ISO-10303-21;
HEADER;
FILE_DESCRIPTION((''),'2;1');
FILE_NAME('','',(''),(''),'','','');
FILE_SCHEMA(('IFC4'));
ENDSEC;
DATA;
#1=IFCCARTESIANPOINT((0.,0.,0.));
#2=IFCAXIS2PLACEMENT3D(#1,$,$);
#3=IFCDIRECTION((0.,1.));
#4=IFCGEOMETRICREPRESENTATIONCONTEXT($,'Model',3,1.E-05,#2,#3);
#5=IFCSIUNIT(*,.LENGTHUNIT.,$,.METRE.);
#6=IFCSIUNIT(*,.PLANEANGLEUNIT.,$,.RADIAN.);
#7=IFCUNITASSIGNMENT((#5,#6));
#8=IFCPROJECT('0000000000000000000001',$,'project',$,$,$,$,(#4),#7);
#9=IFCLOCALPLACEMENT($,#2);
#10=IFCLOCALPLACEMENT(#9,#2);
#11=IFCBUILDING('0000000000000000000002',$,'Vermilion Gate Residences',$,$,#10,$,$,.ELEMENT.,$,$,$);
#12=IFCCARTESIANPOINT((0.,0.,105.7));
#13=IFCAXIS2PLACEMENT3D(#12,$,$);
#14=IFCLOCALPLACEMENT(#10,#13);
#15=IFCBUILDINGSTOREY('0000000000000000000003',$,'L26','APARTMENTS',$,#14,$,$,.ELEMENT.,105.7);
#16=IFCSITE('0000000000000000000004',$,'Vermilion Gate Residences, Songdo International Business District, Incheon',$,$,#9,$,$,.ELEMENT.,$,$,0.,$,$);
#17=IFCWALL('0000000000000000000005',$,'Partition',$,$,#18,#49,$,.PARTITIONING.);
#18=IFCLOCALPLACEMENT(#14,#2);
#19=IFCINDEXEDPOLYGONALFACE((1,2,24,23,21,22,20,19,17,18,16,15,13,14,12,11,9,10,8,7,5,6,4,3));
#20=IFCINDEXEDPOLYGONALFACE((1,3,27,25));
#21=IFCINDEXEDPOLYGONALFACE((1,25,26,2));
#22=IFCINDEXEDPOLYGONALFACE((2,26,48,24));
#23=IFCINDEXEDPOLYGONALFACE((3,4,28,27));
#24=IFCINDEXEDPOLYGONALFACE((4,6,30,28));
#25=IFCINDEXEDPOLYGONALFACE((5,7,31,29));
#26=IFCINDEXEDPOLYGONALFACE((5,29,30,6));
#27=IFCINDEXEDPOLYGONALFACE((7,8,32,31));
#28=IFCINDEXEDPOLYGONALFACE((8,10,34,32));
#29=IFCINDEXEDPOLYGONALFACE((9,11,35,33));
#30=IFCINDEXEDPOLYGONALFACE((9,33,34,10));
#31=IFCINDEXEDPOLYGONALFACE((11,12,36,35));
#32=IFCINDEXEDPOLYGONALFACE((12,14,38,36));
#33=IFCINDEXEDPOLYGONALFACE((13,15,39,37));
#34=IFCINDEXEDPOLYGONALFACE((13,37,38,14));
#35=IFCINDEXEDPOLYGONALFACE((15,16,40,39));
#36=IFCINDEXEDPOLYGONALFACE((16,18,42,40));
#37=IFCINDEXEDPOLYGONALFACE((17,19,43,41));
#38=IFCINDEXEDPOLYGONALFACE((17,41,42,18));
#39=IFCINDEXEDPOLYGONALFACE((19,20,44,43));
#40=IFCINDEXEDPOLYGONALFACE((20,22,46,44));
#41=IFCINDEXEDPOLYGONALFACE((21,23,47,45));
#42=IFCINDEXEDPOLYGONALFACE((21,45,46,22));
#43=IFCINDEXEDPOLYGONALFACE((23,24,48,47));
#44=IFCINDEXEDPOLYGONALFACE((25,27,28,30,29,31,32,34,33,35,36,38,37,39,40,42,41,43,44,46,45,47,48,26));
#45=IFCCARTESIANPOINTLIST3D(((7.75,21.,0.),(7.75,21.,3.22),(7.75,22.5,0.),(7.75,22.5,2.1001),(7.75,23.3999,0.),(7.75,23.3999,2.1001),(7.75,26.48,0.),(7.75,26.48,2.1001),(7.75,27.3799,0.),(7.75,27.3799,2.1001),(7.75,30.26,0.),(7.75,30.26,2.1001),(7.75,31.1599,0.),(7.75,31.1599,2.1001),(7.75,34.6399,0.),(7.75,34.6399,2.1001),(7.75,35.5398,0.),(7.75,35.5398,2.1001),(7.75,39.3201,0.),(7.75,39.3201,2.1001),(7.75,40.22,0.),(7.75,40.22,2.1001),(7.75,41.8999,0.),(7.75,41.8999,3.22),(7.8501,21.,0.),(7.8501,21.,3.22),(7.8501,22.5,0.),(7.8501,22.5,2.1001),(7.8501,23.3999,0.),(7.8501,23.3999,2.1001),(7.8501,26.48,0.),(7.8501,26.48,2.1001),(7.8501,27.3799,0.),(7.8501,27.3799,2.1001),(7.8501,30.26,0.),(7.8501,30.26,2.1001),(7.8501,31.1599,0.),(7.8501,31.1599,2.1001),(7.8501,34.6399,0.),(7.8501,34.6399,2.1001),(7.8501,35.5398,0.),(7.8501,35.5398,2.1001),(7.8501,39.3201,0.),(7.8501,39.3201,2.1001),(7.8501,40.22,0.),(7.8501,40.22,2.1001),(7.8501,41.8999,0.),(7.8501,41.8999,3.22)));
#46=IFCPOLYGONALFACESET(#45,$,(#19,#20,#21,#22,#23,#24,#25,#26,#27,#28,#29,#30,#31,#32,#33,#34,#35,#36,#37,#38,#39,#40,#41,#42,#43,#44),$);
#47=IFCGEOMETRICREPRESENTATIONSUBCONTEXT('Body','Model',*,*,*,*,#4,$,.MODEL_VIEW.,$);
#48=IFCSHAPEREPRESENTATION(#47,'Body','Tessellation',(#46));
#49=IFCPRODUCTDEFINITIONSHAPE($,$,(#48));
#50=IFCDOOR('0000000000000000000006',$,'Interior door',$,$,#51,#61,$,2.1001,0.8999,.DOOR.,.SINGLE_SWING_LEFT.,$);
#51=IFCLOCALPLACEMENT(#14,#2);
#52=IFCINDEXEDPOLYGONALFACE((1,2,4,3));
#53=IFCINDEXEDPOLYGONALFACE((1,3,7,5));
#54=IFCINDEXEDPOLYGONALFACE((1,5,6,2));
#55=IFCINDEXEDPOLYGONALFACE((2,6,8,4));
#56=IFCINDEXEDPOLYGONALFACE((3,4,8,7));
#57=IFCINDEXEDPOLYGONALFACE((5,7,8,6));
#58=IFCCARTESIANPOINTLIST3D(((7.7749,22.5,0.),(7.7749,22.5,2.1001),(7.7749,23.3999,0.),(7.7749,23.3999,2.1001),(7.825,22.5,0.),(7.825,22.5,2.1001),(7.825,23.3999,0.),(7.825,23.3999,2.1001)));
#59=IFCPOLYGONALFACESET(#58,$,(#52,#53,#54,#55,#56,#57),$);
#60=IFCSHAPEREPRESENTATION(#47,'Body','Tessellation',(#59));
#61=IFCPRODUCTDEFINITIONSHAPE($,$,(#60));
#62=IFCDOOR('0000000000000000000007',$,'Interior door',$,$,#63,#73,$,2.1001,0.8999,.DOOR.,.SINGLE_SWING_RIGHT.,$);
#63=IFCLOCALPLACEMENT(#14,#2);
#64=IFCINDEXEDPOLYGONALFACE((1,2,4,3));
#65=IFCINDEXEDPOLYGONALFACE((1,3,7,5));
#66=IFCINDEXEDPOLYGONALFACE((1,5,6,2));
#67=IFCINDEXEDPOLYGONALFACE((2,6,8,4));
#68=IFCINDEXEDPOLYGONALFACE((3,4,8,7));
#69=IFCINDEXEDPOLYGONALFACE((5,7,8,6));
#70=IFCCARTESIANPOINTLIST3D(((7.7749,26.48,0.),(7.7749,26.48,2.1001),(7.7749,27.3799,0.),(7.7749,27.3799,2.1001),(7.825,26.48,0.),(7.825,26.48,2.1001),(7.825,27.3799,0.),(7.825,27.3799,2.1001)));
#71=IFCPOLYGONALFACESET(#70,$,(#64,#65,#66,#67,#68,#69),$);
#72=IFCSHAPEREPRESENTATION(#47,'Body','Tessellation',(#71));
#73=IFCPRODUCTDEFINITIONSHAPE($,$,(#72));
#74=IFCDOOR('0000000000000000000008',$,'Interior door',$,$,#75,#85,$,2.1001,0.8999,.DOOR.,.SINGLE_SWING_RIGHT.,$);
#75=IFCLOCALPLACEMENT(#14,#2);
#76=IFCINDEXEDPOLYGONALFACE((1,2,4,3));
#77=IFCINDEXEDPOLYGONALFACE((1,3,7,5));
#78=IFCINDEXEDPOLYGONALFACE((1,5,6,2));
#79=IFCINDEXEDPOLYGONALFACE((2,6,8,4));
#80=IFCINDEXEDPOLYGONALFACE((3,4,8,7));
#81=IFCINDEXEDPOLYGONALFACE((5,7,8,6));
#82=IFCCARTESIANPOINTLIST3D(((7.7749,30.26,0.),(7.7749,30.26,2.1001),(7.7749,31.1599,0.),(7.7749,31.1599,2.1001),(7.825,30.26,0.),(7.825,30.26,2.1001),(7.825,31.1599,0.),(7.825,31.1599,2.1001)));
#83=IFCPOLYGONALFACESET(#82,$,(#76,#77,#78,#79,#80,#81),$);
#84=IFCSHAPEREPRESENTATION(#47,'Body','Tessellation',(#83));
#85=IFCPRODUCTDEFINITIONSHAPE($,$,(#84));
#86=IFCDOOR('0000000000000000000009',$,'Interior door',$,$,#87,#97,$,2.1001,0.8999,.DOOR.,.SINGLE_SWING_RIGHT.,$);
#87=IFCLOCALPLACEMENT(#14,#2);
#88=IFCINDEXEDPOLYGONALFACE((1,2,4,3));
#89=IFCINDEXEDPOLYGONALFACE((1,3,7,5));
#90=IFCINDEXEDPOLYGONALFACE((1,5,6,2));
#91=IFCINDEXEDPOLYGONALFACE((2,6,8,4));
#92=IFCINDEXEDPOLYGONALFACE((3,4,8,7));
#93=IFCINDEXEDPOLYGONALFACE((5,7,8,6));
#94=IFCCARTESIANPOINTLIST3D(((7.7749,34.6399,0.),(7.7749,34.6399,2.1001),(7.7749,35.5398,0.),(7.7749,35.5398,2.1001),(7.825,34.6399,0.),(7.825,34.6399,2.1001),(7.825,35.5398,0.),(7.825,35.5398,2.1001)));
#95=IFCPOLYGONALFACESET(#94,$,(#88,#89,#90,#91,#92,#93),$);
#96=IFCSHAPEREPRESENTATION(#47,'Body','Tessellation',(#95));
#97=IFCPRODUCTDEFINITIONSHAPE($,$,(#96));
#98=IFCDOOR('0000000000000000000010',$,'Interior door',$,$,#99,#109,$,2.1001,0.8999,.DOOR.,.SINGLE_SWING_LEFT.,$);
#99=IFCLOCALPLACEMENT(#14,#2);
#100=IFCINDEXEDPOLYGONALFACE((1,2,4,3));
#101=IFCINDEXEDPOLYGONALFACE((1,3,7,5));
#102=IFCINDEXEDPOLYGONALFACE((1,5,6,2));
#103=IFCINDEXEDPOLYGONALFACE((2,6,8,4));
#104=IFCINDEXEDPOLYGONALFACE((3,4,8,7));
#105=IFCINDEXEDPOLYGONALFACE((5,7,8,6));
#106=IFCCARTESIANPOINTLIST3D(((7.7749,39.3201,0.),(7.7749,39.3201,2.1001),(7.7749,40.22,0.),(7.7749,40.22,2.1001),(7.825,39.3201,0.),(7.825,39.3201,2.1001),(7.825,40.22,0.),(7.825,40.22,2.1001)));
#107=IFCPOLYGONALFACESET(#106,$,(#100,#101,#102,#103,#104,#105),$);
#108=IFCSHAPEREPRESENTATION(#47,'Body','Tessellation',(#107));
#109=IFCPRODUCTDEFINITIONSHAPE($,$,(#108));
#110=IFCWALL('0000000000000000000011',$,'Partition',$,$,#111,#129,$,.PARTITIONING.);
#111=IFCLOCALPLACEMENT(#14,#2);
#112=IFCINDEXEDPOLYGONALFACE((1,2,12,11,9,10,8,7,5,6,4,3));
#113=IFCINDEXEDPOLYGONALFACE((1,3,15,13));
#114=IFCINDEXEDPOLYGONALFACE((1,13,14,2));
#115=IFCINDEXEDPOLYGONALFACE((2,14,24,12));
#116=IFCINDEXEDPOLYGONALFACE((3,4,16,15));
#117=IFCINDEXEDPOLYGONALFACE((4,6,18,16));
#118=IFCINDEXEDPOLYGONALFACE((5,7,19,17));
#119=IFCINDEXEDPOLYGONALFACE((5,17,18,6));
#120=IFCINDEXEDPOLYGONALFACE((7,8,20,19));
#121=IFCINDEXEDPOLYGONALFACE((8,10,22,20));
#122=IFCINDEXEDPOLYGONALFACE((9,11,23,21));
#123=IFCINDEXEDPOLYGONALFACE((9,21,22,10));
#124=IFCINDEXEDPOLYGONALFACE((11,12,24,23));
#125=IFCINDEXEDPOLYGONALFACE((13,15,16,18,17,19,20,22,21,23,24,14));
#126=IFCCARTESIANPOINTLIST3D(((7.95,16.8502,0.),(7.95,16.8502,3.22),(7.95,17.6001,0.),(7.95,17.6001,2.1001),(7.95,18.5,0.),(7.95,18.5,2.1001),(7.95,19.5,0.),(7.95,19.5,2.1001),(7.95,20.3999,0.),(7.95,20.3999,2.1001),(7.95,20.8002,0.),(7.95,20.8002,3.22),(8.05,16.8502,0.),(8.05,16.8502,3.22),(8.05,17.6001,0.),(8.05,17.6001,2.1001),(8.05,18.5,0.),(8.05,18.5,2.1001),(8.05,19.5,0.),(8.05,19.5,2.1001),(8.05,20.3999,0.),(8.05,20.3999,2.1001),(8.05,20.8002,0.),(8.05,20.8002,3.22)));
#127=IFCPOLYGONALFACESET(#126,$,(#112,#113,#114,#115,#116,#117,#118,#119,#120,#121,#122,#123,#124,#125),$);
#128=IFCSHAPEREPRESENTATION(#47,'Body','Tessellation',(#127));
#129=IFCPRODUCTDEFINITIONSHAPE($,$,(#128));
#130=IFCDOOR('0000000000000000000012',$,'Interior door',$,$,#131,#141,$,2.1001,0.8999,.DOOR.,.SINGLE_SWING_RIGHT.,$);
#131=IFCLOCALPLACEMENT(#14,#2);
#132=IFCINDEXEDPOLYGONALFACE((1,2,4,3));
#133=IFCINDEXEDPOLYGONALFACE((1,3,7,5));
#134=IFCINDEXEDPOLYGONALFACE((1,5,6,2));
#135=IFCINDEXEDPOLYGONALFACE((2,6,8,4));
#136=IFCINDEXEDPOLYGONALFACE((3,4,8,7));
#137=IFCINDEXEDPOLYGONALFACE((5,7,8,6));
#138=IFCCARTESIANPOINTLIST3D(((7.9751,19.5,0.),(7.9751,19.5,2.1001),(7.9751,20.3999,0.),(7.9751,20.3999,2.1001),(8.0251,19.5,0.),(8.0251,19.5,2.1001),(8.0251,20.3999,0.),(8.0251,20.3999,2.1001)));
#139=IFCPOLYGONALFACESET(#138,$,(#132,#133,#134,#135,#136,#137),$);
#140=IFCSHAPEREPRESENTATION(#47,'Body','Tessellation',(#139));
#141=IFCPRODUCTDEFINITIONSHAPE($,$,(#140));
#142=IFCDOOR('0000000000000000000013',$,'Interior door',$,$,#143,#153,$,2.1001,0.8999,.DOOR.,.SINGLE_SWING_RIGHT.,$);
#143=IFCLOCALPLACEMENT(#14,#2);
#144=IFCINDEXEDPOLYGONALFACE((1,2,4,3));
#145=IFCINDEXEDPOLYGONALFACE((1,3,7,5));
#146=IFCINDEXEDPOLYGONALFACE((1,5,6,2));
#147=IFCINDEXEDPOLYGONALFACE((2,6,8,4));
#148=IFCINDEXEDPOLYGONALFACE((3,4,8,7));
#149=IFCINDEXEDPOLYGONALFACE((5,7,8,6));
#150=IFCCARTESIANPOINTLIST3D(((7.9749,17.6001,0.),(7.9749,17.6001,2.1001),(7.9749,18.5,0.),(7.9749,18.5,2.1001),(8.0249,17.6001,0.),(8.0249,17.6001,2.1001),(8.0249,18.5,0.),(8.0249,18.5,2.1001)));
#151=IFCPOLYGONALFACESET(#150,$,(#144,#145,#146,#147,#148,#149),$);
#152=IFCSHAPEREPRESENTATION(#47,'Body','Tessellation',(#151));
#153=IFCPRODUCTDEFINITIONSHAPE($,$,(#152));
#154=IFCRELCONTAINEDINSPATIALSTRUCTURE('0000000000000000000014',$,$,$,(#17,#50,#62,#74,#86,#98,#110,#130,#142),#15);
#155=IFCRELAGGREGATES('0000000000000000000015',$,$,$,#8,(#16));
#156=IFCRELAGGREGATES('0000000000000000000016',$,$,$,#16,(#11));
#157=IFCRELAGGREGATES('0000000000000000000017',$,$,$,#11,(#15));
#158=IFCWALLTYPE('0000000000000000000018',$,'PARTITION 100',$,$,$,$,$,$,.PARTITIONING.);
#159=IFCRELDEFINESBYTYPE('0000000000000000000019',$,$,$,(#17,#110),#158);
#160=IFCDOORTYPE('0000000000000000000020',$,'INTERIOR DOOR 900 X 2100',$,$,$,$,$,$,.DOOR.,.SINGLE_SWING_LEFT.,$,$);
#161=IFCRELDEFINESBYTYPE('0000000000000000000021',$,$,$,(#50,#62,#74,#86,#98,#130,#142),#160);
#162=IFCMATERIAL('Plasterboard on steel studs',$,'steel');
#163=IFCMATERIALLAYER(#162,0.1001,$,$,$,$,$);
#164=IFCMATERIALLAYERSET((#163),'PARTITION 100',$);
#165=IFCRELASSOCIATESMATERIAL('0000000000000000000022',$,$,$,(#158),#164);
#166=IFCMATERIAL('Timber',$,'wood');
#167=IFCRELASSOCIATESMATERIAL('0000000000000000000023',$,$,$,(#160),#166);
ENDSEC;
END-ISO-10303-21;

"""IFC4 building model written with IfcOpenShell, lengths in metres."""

from ifc_helpers import new_model, si_unit, direction, frame, frame_2d, origin, place, context, subcontext, project, spatial, rectangle, extrude, material, layer, layer_set, type_object, element, fill, save


model = new_model("IFC4")

# Units and contexts
model_context = context("Model", 3, precision=1e-05, world=origin(), true_north=direction((0.0, 1.0)))
body_context = subcontext(model_context, "Body", "Model", "MODEL_VIEW")
ifc_project = project(units=[si_unit("LENGTHUNIT", "METRE"), si_unit("PLANEANGLEUNIT", "RADIAN")], contexts=[model_context])

# Site, building, storey
site_placement = place(None, origin())
site = spatial("IfcSite", under=ifc_project, at=site_placement, Name="Vermilion Gate Residences, Songdo International Business District, Incheon", CompositionType="ELEMENT", RefElevation=0.0)
building_placement = place(site_placement, origin())
building = spatial("IfcBuilding", under=site, at=building_placement, Name="Vermilion Gate Residences", CompositionType="ELEMENT")
storey_placement = place(building_placement, frame((0.0, 0.0, 105.7)))
storey = spatial("IfcBuildingStorey", under=building, at=storey_placement, Name="L26", Description="APARTMENTS", CompositionType="ELEMENT", Elevation=105.7)

# Shared definitions
ifc_material_1 = material(Name="Plasterboard on steel studs", Category="steel")
ifc_layer_1 = layer(ifc_material_1, 0.1001)
ifc_layer_set_1 = layer_set([ifc_layer_1], Name="PARTITION 100")
wall_type_1 = type_object("IfcWallType", Name="PARTITION 100", PredefinedType="PARTITIONING", material=ifc_layer_set_1)
ifc_material_2 = material(Name="Timber", Category="wood")
door_type = type_object("IfcDoorType", Name="INTERIOR DOOR 900 X 2100", OperationType="SINGLE_SWING_LEFT", PredefinedType="DOOR", material=ifc_material_2)

# Walls, openings, doors
wall_1_placement = place(storey_placement, frame((7.8, 21.0, 0.0), z_axis=(0.0, 0.0, 1.0), x_axis=(0.0, 1.0, 0.0)))
wall_1 = element("IfcWall", 1, at=wall_1_placement, inside=storey, type_object=wall_type_1, Name="Partition", PredefinedType="PARTITIONING", context=body_context, shape_type="SweptSolid", body=[
    extrude(rectangle(XDim=20.8999, YDim=0.1001, at=frame_2d((10.45, 0.0))), origin(), (0.0, 0.0, 1.0), 3.22),
])
opening_1_placement = place(wall_1_placement, frame((1.5, 0.0, 0.0)))
opening_1 = element("IfcOpeningElement", 2, at=opening_1_placement, cuts=wall_1, PredefinedType="OPENING", context=body_context, shape_type="SweptSolid", body=[
    extrude(rectangle(XDim=0.8999, YDim=2.1001, at=frame_2d((0.45, 1.05))), frame((0.0, 0.0601, 0.0), z_axis=(0.0, -1.0, 0.0), x_axis=(1.0, 0.0, 0.0)), (0.0, 0.0, 1.0), 0.1201),
])
opening_2_placement = place(wall_1_placement, frame((5.48, 0.0, 0.0)))
opening_2 = element("IfcOpeningElement", 3, at=opening_2_placement, cuts=wall_1, PredefinedType="OPENING", context=body_context, shape_type="SweptSolid", body=[
    extrude(rectangle(XDim=0.8999, YDim=2.1001, at=frame_2d((0.45, 1.05))), frame((0.0, 0.0601, 0.0), z_axis=(0.0, -1.0, 0.0), x_axis=(1.0, 0.0, 0.0)), (0.0, 0.0, 1.0), 0.1201),
])
opening_3_placement = place(wall_1_placement, frame((9.26, 0.0, 0.0)))
opening_3 = element("IfcOpeningElement", 4, at=opening_3_placement, cuts=wall_1, PredefinedType="OPENING", context=body_context, shape_type="SweptSolid", body=[
    extrude(rectangle(XDim=0.8999, YDim=2.1001, at=frame_2d((0.45, 1.05))), frame((0.0, 0.0601, 0.0), z_axis=(0.0, -1.0, 0.0), x_axis=(1.0, 0.0, 0.0)), (0.0, 0.0, 1.0), 0.1201),
])
opening_4_placement = place(wall_1_placement, frame((13.6399, 0.0, 0.0)))
opening_4 = element("IfcOpeningElement", 5, at=opening_4_placement, cuts=wall_1, PredefinedType="OPENING", context=body_context, shape_type="SweptSolid", body=[
    extrude(rectangle(XDim=0.8999, YDim=2.1001, at=frame_2d((0.45, 1.05))), frame((0.0, 0.0601, 0.0), z_axis=(0.0, -1.0, 0.0), x_axis=(1.0, 0.0, 0.0)), (0.0, 0.0, 1.0), 0.1201),
])
opening_5_placement = place(wall_1_placement, frame((18.3201, 0.0, 0.0)))
opening_5 = element("IfcOpeningElement", 6, at=opening_5_placement, cuts=wall_1, PredefinedType="OPENING", context=body_context, shape_type="SweptSolid", body=[
    extrude(rectangle(XDim=0.8999, YDim=2.1001, at=frame_2d((0.45, 1.05))), frame((0.0, 0.0601, 0.0), z_axis=(0.0, -1.0, 0.0), x_axis=(1.0, 0.0, 0.0)), (0.0, 0.0, 1.0), 0.1201),
])
door_1_placement = place(opening_1_placement, frame((0.8999, 0.0, 0.0), z_axis=(0.0, 0.0, 1.0), x_axis=(-1.0, 0.0, 0.0)))
door_1 = element("IfcDoor", 7, at=door_1_placement, inside=storey, type_object=door_type, Name="Interior door", OperationType="SINGLE_SWING_LEFT", OverallHeight=2.1001, OverallWidth=0.8999, PredefinedType="DOOR", context=body_context, shape_type="SweptSolid", body=[
    extrude(rectangle(XDim=0.8999, YDim=2.1001, at=frame_2d((0.45, 1.05))), frame((0.0, 0.0249, 0.0), z_axis=(0.0, -1.0, 0.0), x_axis=(1.0, 0.0, 0.0)), (0.0, 0.0, 1.0), 0.05),
])
fill(opening_1, door_1)
door_2_placement = place(opening_2_placement, frame((0.8999, 0.0, 0.0), z_axis=(0.0, 0.0, 1.0), x_axis=(-1.0, 0.0, 0.0)))
door_2 = element("IfcDoor", 8, at=door_2_placement, inside=storey, type_object=door_type, Name="Interior door", OperationType="SINGLE_SWING_RIGHT", OverallHeight=2.1001, OverallWidth=0.8999, PredefinedType="DOOR", context=body_context, shape_type="SweptSolid", body=[
    extrude(rectangle(XDim=0.8999, YDim=2.1001, at=frame_2d((0.45, 1.05))), frame((0.0, 0.0249, 0.0), z_axis=(0.0, -1.0, 0.0), x_axis=(1.0, 0.0, 0.0)), (0.0, 0.0, 1.0), 0.05),
])
fill(opening_2, door_2)
door_3_placement = place(opening_3_placement, frame((0.8999, 0.0, 0.0), z_axis=(0.0, 0.0, 1.0), x_axis=(-1.0, 0.0, 0.0)))
door_3 = element("IfcDoor", 9, at=door_3_placement, inside=storey, type_object=door_type, Name="Interior door", OperationType="SINGLE_SWING_RIGHT", OverallHeight=2.1001, OverallWidth=0.8999, PredefinedType="DOOR", context=body_context, shape_type="SweptSolid", body=[
    extrude(rectangle(XDim=0.8999, YDim=2.1001, at=frame_2d((0.45, 1.05))), frame((0.0, 0.0249, 0.0), z_axis=(0.0, -1.0, 0.0), x_axis=(1.0, 0.0, 0.0)), (0.0, 0.0, 1.0), 0.05),
])
fill(opening_3, door_3)
door_4_placement = place(opening_4_placement, frame((0.8999, 0.0, 0.0), z_axis=(0.0, 0.0, 1.0), x_axis=(-1.0, 0.0, 0.0)))
door_4 = element("IfcDoor", 10, at=door_4_placement, inside=storey, type_object=door_type, Name="Interior door", OperationType="SINGLE_SWING_RIGHT", OverallHeight=2.1001, OverallWidth=0.8999, PredefinedType="DOOR", context=body_context, shape_type="SweptSolid", body=[
    extrude(rectangle(XDim=0.8999, YDim=2.1001, at=frame_2d((0.45, 1.05))), frame((0.0, 0.0249, 0.0), z_axis=(0.0, -1.0, 0.0), x_axis=(1.0, 0.0, 0.0)), (0.0, 0.0, 1.0), 0.05),
])
fill(opening_4, door_4)
door_5_placement = place(opening_5_placement, frame((0.8999, 0.0, 0.0), z_axis=(0.0, 0.0, 1.0), x_axis=(-1.0, 0.0, 0.0)))
door_5 = element("IfcDoor", 11, at=door_5_placement, inside=storey, type_object=door_type, Name="Interior door", OperationType="SINGLE_SWING_LEFT", OverallHeight=2.1001, OverallWidth=0.8999, PredefinedType="DOOR", context=body_context, shape_type="SweptSolid", body=[
    extrude(rectangle(XDim=0.8999, YDim=2.1001, at=frame_2d((0.45, 1.05))), frame((0.0, 0.0249, 0.0), z_axis=(0.0, -1.0, 0.0), x_axis=(1.0, 0.0, 0.0)), (0.0, 0.0, 1.0), 0.05),
])
fill(opening_5, door_5)
wall_2_placement = place(storey_placement, frame((8.0, 16.8501, 0.0), z_axis=(0.0, 0.0, 1.0), x_axis=(0.0, 1.0, 0.0)))
wall_2 = element("IfcWall", 12, at=wall_2_placement, inside=storey, type_object=wall_type_1, Name="Partition", PredefinedType="PARTITIONING", context=body_context, shape_type="SweptSolid", body=[
    extrude(rectangle(XDim=3.95, YDim=0.1001, at=frame_2d((1.9751, 0.0))), origin(), (0.0, 0.0, 1.0), 3.22),
])
opening_6_placement = place(wall_2_placement, frame((2.6499, 0.0, 0.0)))
opening_6 = element("IfcOpeningElement", 13, at=opening_6_placement, cuts=wall_2, PredefinedType="OPENING", context=body_context, shape_type="SweptSolid", body=[
    extrude(rectangle(XDim=0.8999, YDim=2.1001, at=frame_2d((0.45, 1.05))), frame((0.0, 0.0601, 0.0), z_axis=(0.0, -1.0, 0.0), x_axis=(1.0, 0.0, 0.0)), (0.0, 0.0, 1.0), 0.1201),
])
opening_7_placement = place(wall_2_placement, frame((0.75, 0.0, 0.0)))
opening_7 = element("IfcOpeningElement", 14, at=opening_7_placement, cuts=wall_2, PredefinedType="OPENING", context=body_context, shape_type="SweptSolid", body=[
    extrude(rectangle(XDim=0.8999, YDim=2.1001, at=frame_2d((0.45, 1.05))), frame((0.0, 0.0601, 0.0), z_axis=(0.0, -1.0, 0.0), x_axis=(1.0, 0.0, 0.0)), (0.0, 0.0, 1.0), 0.1201),
])
door_6_placement = place(opening_6_placement, origin())
door_6 = element("IfcDoor", 15, at=door_6_placement, inside=storey, type_object=door_type, Name="Interior door", OperationType="SINGLE_SWING_RIGHT", OverallHeight=2.1001, OverallWidth=0.8999, PredefinedType="DOOR", context=body_context, shape_type="SweptSolid", body=[
    extrude(rectangle(XDim=0.8999, YDim=2.1001, at=frame_2d((0.45, 1.05))), frame((0.0, 0.0249, 0.0), z_axis=(0.0, -1.0, 0.0), x_axis=(1.0, 0.0, 0.0)), (0.0, 0.0, 1.0), 0.05),
])
fill(opening_6, door_6)
door_7_placement = place(opening_7_placement, frame((0.8999, 0.0, 0.0), z_axis=(0.0, 0.0, 1.0), x_axis=(-1.0, 0.0, 0.0)))
door_7 = element("IfcDoor", 16, at=door_7_placement, inside=storey, type_object=door_type, Name="Interior door", OperationType="SINGLE_SWING_RIGHT", OverallHeight=2.1001, OverallWidth=0.8999, PredefinedType="DOOR", context=body_context, shape_type="SweptSolid", body=[
    extrude(rectangle(XDim=0.8999, YDim=2.1001, at=frame_2d((0.45, 1.05))), frame((0.0, 0.0249, 0.0), z_axis=(0.0, -1.0, 0.0), x_axis=(1.0, 0.0, 0.0)), (0.0, 0.0, 1.0), 0.05),
])
fill(opening_7, door_7)

save(model, "model.ifc")
